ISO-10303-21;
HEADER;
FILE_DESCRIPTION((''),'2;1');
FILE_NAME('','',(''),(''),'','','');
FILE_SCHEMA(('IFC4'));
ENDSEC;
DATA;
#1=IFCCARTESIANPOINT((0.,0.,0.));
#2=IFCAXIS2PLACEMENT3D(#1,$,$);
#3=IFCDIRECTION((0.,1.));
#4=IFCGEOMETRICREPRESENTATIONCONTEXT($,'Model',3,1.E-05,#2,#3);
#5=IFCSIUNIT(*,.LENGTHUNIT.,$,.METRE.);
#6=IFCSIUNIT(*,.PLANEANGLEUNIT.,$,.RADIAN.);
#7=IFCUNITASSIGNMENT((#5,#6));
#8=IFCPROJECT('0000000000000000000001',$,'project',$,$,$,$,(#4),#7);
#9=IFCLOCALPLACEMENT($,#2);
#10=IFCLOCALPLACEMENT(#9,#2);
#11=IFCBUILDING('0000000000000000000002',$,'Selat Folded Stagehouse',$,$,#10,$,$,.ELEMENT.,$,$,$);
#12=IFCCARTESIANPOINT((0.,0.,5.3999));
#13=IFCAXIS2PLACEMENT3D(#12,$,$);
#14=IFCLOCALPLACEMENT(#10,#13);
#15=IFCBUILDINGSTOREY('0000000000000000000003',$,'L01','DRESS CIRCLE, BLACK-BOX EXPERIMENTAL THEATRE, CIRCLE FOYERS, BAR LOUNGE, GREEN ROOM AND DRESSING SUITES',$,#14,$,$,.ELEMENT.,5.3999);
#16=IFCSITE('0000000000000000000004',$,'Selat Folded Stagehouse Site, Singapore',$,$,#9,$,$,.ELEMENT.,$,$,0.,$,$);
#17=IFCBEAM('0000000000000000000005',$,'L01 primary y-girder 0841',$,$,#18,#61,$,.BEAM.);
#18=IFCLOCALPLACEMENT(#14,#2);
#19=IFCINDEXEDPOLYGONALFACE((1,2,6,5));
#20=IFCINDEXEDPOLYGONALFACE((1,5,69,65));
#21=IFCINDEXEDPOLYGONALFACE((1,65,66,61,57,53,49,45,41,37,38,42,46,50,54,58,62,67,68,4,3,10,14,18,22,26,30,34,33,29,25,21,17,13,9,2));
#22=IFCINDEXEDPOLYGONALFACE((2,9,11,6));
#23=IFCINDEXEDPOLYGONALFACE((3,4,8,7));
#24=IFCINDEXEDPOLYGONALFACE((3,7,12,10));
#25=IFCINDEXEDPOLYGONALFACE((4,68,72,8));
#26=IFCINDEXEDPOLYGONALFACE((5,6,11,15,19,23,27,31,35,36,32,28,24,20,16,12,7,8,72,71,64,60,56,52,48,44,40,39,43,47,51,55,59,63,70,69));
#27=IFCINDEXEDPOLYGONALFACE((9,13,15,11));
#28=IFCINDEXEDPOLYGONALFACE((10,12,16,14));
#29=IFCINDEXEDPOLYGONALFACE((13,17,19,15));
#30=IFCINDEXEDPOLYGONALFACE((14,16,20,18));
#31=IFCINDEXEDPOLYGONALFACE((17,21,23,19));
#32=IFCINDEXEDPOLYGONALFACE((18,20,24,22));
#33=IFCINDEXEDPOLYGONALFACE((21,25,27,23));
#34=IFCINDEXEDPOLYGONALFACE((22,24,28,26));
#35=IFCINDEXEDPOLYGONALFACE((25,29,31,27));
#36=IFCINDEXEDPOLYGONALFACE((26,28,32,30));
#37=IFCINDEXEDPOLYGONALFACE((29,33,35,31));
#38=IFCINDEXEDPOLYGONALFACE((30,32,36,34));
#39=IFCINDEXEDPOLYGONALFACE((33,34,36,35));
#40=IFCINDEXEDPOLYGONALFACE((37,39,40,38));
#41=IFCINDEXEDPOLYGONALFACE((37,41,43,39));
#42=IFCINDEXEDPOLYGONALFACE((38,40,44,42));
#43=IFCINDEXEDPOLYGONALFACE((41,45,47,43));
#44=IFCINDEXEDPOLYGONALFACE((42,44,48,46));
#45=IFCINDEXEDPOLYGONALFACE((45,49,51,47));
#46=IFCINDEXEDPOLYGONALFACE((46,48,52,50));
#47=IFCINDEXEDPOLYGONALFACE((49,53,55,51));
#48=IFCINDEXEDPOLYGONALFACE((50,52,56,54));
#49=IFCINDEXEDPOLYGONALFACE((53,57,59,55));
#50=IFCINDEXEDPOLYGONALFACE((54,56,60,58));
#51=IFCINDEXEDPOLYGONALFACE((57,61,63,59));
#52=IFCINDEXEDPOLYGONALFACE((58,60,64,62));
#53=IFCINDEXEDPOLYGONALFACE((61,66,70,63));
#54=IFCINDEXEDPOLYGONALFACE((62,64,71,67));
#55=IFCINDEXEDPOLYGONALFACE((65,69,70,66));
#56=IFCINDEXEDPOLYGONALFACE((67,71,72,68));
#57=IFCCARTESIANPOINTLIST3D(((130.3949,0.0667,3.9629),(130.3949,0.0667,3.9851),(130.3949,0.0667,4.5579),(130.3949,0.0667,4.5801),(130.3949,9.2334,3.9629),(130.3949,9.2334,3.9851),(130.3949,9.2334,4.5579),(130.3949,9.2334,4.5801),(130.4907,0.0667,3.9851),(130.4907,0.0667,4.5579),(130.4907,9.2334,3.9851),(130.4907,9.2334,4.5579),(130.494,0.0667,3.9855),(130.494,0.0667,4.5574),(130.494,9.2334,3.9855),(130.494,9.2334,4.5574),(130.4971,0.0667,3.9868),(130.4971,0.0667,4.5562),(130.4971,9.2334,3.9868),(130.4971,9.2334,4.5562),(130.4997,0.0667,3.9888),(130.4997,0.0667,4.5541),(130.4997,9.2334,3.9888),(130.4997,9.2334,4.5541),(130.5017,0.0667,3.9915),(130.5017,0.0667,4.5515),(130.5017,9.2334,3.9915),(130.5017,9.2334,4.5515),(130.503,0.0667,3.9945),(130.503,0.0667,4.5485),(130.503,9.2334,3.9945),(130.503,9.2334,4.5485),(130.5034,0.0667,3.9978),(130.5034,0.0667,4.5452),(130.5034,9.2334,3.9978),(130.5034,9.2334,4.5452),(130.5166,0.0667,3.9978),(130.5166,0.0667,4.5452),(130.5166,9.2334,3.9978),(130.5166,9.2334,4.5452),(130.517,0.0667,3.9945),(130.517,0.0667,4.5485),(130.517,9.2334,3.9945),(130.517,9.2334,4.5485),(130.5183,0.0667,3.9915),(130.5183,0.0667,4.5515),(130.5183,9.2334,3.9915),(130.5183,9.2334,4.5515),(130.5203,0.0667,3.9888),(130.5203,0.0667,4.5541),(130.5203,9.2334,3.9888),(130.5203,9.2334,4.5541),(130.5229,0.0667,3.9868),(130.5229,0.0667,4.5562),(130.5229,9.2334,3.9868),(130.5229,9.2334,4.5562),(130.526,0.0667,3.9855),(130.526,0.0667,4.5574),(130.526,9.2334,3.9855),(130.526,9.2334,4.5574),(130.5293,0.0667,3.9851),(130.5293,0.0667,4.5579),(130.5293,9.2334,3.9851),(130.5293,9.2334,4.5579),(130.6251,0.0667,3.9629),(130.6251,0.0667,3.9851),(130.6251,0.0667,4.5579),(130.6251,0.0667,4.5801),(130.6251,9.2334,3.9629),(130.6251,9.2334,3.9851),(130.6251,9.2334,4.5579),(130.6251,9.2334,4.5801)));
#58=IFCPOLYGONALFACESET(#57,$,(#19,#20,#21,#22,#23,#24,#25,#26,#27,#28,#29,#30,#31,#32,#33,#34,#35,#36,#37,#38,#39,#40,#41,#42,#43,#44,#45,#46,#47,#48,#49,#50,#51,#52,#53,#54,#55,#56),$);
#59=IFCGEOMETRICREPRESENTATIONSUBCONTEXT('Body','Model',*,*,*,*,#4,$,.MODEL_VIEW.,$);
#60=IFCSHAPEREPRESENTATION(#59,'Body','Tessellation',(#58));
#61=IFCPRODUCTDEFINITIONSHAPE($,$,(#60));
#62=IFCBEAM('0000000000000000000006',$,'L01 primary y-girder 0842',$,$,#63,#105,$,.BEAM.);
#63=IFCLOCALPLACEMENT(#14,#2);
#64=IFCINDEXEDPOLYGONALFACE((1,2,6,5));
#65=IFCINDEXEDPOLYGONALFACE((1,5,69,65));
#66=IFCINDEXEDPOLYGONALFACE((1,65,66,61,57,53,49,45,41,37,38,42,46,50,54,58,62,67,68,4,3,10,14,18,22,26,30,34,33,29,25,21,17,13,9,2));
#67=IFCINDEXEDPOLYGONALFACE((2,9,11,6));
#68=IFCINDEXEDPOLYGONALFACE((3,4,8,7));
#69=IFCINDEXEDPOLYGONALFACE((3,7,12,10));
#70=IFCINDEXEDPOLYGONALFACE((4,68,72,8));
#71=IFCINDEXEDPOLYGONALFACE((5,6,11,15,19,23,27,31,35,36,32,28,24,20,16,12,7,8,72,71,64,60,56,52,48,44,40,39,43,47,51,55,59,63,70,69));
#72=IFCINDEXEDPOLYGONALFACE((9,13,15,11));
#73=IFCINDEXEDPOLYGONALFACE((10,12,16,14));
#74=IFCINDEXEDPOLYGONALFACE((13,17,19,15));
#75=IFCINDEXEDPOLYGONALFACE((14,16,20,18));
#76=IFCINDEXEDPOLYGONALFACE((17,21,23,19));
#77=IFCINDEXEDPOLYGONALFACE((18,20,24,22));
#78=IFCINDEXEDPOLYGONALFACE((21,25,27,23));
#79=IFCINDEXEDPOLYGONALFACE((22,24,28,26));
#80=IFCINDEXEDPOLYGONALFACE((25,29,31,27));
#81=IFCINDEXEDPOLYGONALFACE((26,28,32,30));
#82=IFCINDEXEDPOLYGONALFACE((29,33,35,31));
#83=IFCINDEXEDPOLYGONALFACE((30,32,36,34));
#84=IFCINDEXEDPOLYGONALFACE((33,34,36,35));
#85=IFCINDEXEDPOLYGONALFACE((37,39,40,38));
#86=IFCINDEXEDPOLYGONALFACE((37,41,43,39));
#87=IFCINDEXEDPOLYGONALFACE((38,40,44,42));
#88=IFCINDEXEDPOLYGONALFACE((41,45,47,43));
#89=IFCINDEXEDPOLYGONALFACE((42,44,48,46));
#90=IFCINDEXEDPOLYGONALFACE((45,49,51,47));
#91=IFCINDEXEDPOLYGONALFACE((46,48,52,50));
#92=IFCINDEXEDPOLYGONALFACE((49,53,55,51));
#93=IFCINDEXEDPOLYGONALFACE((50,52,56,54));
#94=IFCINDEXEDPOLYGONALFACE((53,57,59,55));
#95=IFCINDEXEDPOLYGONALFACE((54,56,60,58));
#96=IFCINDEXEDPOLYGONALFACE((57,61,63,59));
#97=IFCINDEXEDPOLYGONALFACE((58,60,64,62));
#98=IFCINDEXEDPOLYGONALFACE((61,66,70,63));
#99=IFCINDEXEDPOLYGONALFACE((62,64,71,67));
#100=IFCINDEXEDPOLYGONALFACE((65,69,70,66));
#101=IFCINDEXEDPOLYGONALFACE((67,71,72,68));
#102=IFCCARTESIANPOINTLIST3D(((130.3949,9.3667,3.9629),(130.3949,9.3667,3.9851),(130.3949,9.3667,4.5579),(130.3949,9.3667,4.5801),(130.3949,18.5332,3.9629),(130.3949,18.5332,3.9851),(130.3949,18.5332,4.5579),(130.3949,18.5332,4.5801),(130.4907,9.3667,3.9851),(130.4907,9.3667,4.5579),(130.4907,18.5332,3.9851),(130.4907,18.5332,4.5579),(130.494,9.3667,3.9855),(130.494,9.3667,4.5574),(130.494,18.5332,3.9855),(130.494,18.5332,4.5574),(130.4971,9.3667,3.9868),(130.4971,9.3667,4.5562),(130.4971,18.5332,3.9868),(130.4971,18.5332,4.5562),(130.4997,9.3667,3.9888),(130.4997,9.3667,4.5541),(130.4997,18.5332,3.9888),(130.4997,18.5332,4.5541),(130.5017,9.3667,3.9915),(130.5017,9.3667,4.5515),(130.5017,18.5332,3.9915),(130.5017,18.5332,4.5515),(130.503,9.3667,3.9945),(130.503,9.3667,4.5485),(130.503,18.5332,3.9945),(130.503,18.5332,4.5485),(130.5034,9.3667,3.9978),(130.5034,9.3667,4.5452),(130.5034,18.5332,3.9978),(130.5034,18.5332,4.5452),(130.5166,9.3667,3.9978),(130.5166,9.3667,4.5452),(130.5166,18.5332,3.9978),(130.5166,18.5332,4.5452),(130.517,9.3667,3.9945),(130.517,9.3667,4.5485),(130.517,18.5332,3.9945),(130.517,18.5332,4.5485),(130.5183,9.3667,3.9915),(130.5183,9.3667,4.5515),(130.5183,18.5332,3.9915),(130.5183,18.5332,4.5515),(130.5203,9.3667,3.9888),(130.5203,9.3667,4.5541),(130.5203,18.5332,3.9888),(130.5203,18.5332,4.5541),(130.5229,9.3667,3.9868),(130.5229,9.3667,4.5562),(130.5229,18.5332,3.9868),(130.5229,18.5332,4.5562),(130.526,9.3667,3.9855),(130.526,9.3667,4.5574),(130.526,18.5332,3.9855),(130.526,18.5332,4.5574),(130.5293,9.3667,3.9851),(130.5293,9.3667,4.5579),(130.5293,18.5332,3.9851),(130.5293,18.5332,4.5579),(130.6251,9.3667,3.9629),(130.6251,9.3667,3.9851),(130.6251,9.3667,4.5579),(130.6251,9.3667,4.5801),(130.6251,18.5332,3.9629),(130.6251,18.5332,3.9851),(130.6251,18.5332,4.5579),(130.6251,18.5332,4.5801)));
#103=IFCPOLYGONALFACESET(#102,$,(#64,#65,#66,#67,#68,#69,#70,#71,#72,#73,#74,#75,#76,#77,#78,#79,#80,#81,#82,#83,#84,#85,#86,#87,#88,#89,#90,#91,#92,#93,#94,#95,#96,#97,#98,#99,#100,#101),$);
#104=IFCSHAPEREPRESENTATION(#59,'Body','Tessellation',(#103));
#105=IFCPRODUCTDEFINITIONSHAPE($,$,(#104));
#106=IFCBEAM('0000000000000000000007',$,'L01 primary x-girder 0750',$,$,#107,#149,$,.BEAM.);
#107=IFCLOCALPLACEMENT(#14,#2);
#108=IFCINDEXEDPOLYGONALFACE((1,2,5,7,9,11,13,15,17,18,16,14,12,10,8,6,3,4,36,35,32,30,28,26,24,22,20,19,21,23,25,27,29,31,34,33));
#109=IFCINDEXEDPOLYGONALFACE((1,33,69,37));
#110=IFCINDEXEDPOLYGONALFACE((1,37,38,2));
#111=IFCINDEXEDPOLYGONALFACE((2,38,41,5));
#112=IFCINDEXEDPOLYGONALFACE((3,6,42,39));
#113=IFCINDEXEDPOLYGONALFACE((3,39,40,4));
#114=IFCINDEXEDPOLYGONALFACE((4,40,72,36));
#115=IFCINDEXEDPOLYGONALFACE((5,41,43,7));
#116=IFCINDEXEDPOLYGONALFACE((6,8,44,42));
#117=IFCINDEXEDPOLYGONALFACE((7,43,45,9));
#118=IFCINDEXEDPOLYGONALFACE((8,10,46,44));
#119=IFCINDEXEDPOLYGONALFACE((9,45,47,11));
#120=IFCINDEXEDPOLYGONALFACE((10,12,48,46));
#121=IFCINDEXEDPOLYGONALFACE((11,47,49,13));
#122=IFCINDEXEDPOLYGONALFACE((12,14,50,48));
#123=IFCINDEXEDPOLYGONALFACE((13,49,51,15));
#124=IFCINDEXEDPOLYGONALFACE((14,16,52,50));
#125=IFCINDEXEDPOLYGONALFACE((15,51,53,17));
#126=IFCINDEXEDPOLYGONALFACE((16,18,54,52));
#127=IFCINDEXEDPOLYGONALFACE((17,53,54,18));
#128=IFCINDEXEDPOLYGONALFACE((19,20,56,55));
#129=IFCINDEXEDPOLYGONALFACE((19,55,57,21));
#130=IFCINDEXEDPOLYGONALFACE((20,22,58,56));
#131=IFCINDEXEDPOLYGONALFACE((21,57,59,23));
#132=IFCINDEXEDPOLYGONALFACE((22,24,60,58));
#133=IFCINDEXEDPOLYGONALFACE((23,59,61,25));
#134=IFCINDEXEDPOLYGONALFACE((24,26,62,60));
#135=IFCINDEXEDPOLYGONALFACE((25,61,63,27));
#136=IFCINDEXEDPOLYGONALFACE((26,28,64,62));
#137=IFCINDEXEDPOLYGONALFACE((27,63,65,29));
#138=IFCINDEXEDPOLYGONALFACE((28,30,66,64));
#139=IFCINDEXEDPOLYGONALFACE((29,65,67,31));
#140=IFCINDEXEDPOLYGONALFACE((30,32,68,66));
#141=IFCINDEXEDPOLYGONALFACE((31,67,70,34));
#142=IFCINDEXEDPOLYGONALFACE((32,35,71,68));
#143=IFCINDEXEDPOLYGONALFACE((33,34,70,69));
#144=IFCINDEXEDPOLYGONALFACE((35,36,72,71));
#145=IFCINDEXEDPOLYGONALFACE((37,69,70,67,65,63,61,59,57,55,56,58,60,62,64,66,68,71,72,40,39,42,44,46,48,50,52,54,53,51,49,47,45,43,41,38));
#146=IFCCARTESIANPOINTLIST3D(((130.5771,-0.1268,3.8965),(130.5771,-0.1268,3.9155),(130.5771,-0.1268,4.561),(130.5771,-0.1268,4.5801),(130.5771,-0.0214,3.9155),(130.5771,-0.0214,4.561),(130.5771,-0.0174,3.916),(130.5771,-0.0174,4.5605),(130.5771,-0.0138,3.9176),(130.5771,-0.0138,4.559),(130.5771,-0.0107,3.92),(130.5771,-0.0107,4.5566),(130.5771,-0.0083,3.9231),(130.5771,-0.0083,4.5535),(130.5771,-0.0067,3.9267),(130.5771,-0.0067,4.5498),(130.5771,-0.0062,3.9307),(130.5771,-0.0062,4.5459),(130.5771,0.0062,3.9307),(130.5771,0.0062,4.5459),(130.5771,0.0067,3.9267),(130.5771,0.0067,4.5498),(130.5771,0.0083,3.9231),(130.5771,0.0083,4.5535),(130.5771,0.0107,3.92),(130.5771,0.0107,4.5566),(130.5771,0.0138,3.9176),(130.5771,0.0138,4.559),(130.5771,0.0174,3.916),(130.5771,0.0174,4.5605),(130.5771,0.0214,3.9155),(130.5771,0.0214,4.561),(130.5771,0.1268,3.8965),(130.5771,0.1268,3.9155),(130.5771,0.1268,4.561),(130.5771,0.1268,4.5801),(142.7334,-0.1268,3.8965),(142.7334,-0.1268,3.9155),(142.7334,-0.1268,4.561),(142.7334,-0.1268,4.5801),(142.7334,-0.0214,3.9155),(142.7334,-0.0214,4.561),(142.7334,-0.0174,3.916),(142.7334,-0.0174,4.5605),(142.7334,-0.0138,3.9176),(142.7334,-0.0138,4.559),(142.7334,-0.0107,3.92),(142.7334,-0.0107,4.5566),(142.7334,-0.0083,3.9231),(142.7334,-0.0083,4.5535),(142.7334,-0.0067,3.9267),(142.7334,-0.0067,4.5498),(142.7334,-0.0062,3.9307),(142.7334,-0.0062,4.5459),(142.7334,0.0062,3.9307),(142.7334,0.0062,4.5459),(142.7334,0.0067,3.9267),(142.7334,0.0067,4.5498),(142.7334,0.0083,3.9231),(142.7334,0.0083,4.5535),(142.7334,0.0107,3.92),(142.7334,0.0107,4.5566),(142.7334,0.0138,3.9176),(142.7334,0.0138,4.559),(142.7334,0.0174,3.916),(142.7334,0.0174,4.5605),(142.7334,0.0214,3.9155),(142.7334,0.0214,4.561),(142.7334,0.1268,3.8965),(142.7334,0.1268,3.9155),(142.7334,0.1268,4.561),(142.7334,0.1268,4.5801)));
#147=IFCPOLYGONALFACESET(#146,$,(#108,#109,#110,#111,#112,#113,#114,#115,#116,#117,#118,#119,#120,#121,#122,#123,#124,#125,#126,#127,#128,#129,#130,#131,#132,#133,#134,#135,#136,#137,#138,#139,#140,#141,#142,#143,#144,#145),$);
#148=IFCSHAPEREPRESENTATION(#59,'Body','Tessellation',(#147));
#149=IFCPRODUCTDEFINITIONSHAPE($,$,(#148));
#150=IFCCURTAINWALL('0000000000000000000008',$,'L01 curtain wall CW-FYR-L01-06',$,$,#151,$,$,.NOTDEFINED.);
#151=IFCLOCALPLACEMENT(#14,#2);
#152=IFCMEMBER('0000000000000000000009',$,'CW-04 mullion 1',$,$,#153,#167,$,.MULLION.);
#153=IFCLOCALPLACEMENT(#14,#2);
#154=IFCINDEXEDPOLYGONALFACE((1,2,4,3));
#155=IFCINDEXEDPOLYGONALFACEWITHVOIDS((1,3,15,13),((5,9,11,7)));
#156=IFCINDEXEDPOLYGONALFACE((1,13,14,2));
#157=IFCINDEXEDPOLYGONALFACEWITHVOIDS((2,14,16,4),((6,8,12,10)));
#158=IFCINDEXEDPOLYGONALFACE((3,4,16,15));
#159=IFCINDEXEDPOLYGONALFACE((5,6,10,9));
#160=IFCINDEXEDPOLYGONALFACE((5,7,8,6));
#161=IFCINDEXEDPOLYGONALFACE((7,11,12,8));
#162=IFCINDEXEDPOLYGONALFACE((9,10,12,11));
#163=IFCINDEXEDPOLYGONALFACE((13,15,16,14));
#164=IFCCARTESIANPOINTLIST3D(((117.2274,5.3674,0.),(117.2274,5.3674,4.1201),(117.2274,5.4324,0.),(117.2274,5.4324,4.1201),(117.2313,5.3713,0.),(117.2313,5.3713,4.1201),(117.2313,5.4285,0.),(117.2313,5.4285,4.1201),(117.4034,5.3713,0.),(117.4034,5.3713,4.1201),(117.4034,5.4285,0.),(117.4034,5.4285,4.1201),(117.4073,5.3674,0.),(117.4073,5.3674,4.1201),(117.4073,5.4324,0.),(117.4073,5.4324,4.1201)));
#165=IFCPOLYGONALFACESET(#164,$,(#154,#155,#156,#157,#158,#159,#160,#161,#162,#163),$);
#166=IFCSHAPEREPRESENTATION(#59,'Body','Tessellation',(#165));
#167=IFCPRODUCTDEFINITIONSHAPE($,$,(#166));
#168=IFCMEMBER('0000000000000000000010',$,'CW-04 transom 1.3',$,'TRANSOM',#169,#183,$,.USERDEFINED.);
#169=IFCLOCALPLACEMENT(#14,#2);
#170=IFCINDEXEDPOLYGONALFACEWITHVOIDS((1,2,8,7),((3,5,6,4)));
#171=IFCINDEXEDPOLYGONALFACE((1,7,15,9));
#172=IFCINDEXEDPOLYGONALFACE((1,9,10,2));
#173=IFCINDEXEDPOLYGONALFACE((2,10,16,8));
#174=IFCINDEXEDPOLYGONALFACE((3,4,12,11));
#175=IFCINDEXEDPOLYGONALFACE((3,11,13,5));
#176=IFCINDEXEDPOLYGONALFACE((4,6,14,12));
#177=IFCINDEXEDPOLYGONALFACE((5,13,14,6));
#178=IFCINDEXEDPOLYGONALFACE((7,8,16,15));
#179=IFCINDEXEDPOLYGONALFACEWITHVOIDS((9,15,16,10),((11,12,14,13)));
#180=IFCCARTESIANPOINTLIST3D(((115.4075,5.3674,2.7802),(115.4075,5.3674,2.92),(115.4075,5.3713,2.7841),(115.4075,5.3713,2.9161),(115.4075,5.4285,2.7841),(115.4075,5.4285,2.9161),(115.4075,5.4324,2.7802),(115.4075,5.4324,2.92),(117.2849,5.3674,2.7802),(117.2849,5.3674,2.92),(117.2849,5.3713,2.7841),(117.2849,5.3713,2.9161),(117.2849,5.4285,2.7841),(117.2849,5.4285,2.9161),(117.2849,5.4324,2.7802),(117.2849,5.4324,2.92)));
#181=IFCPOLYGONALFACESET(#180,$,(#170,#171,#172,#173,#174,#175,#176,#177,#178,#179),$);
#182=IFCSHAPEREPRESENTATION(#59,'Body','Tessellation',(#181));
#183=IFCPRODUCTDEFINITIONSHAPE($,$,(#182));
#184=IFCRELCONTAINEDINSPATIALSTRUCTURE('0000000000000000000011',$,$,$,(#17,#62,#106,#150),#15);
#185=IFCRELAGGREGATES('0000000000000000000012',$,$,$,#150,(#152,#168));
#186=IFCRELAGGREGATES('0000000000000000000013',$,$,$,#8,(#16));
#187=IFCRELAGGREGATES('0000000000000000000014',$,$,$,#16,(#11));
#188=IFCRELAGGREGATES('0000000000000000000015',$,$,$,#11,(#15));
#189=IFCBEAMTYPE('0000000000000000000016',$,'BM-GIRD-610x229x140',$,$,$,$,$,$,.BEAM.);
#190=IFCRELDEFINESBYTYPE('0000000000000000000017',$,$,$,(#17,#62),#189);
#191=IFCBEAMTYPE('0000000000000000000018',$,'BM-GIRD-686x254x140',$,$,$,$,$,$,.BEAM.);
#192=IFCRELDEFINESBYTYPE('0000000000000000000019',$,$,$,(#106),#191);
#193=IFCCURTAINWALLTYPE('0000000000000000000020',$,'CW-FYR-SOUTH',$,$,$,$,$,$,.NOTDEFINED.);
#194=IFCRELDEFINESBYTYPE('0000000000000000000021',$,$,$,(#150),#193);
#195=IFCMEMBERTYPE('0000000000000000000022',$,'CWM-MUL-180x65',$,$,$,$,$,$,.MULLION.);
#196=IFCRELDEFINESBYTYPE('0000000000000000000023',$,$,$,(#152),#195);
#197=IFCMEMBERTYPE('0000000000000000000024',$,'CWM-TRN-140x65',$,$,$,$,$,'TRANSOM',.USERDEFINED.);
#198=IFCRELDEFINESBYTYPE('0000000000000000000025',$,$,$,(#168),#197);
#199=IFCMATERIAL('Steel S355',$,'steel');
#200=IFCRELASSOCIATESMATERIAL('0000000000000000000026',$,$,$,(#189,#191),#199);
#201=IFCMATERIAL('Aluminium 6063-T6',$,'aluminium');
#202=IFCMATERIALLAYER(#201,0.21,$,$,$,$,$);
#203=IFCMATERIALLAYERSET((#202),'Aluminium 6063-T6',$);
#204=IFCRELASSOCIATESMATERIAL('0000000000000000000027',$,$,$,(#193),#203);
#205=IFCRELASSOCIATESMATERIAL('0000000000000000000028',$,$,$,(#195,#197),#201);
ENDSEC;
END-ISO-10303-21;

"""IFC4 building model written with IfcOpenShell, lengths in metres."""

from ifc_helpers import new_model, si_unit, direction, frame, origin, origin_2d, place, context, subcontext, project, spatial, hollow_rectangle, i_section, extrude, material, layer, layer_set, material_profile, profile_set, type_object, element, aggregate, save


model = new_model("IFC4")

# Units and contexts
model_context = context("Model", 3, precision=1e-05, world=origin(), true_north=direction((0.0, 1.0)))
body_context = subcontext(model_context, "Body", "Model", "MODEL_VIEW")
ifc_project = project(units=[si_unit("LENGTHUNIT", "METRE"), si_unit("PLANEANGLEUNIT", "RADIAN")], contexts=[model_context])

# Site, building, storey
site_placement = place(None, origin())
site = spatial("IfcSite", under=ifc_project, at=site_placement, Name="Selat Folded Stagehouse Site, Singapore", CompositionType="ELEMENT", RefElevation=0.0)
building_placement = place(site_placement, origin())
building = spatial("IfcBuilding", under=site, at=building_placement, Name="Selat Folded Stagehouse", CompositionType="ELEMENT")
storey_placement = place(building_placement, frame((0.0, 0.0, 5.3999)))
storey = spatial("IfcBuildingStorey", under=building, at=storey_placement, Name="L01", Description="DRESS CIRCLE, BLACK-BOX EXPERIMENTAL THEATRE, CIRCLE FOYERS, BAR LOUNGE, GREEN ROOM AND DRESSING SUITES", CompositionType="ELEMENT", Elevation=5.3999)

# Shared definitions
ifc_material_1 = material(Name="Steel S355", Category="steel")

# Beams
ifc_material_profile_1 = material_profile(ifc_material_1, i_section(OverallWidth=0.2302, OverallDepth=0.6172, WebThickness=0.0132, FlangeThickness=0.0222, FilletRadius=0.0127, at=origin_2d()), Name="UKB 610x229x140")
ifc_profile_set_1 = profile_set([ifc_material_profile_1], Name="Steel S355")
beam_type_1 = type_object("IfcBeamType", Name="BM-GIRD-610x229x140", PredefinedType="BEAM", material=ifc_profile_set_1)
beam_1_placement = place(storey_placement, frame((130.51, 0.0667, 4.2715), z_axis=(0.0, 1.0, 0.0), x_axis=(-1.0, 0.0, 0.0)))
element("IfcBeam", 1, at=beam_1_placement, inside=storey, type_object=beam_type_1, Name="L01 primary y-girder 0841", PredefinedType="BEAM", context=body_context, shape_type="SweptSolid", body=[
    extrude(i_section(OverallWidth=0.2302, OverallDepth=0.6172, WebThickness=0.0132, FlangeThickness=0.0222, FilletRadius=0.0127, at=origin_2d()), origin(), (0.0, 0.0, 1.0), 9.1667),
])
beam_2_placement = place(storey_placement, frame((130.51, 9.3667, 4.2715), z_axis=(0.0, 1.0, 0.0), x_axis=(-1.0, 0.0, 0.0)))
element("IfcBeam", 2, at=beam_2_placement, inside=storey, type_object=beam_type_1, Name="L01 primary y-girder 0842", PredefinedType="BEAM", context=body_context, shape_type="SweptSolid", body=[
    extrude(i_section(OverallWidth=0.2302, OverallDepth=0.6172, WebThickness=0.0132, FlangeThickness=0.0222, FilletRadius=0.0127, at=origin_2d()), origin(), (0.0, 0.0, 1.0), 9.1665),
])
ifc_material_profile_2 = material_profile(ifc_material_1, i_section(OverallWidth=0.2537, OverallDepth=0.6836, WebThickness=0.0125, FlangeThickness=0.019, FilletRadius=0.0151, at=origin_2d()), Name="UKB 686x254x140")
ifc_profile_set_2 = profile_set([ifc_material_profile_2], Name="Steel S355")
beam_type_2 = type_object("IfcBeamType", Name="BM-GIRD-686x254x140", PredefinedType="BEAM", material=ifc_profile_set_2)
beam_3_placement = place(storey_placement, frame((130.5771, 0.0, 4.2383), z_axis=(1.0, 0.0, 0.0), x_axis=(0.0, 1.0, 0.0)))
element("IfcBeam", 3, at=beam_3_placement, inside=storey, type_object=beam_type_2, Name="L01 primary x-girder 0750", PredefinedType="BEAM", context=body_context, shape_type="SweptSolid", body=[
    extrude(i_section(OverallWidth=0.2537, OverallDepth=0.6836, WebThickness=0.0125, FlangeThickness=0.019, FilletRadius=0.0151, at=origin_2d()), origin(), (0.0, 0.0, 1.0), 12.1562),
])

# Curtain wall, members
ifc_material_2 = material(Name="Aluminium 6063-T6", Category="aluminium")
ifc_layer_1 = layer(ifc_material_2, 0.21)
ifc_layer_set_1 = layer_set([ifc_layer_1], Name="Aluminium 6063-T6")
curtain_wall_type = type_object("IfcCurtainWallType", Name="CW-FYR-SOUTH", PredefinedType="NOTDEFINED", material=ifc_layer_set_1)
curtain_wall_placement = place(storey_placement, origin())
curtain_wall = element("IfcCurtainWall", 4, at=curtain_wall_placement, inside=storey, type_object=curtain_wall_type, Name="L01 curtain wall CW-FYR-L01-06", PredefinedType="NOTDEFINED")
ifc_material_profile_3 = material_profile(ifc_material_2, hollow_rectangle(XDim=0.0649, YDim=0.1799, WallThickness=0.0039, at=origin_2d()), Name="ALU 180x65x4.0")
ifc_profile_set_3 = profile_set([ifc_material_profile_3], Name="Aluminium 6063-T6")
member_type_1 = type_object("IfcMemberType", Name="CWM-MUL-180x65", PredefinedType="MULLION", material=ifc_profile_set_3)
member_1_placement = place(storey_placement, frame((117.3174, 5.3999, 0.0), z_axis=(0.0, 0.0, 1.0), x_axis=(0.0, -1.0, 0.0)))
member_1 = element("IfcMember", 5, at=member_1_placement, type_object=member_type_1, Name="CW-04 mullion 1", PredefinedType="MULLION", context=body_context, shape_type="SweptSolid", body=[
    extrude(hollow_rectangle(XDim=0.0649, YDim=0.1799, WallThickness=0.0039, at=origin_2d()), origin(), (0.0, 0.0, 1.0), 4.1201),
])
ifc_material_profile_4 = material_profile(ifc_material_2, hollow_rectangle(XDim=0.0649, YDim=0.1399, WallThickness=0.0039, at=origin_2d()), Name="ALU 140x65x4.0")
ifc_profile_set_4 = profile_set([ifc_material_profile_4], Name="Aluminium 6063-T6")
member_type_2 = type_object("IfcMemberType", Name="CWM-TRN-140x65", ElementType="TRANSOM", PredefinedType="USERDEFINED", material=ifc_profile_set_4)
member_2_placement = place(storey_placement, frame((117.2849, 5.3999, 2.8501), z_axis=(-1.0, 0.0, 0.0), x_axis=(0.0, -1.0, 0.0)))
member_2 = element("IfcMember", 6, at=member_2_placement, type_object=member_type_2, Name="CW-04 transom 1.3", ObjectType="TRANSOM", PredefinedType="USERDEFINED", context=body_context, shape_type="SweptSolid", body=[
    extrude(hollow_rectangle(XDim=0.0649, YDim=0.1399, WallThickness=0.0039, at=origin_2d()), origin(), (0.0, 0.0, 1.0), 1.8774),
])
aggregate(curtain_wall, [member_1, member_2])

save(model, "model.ifc")
